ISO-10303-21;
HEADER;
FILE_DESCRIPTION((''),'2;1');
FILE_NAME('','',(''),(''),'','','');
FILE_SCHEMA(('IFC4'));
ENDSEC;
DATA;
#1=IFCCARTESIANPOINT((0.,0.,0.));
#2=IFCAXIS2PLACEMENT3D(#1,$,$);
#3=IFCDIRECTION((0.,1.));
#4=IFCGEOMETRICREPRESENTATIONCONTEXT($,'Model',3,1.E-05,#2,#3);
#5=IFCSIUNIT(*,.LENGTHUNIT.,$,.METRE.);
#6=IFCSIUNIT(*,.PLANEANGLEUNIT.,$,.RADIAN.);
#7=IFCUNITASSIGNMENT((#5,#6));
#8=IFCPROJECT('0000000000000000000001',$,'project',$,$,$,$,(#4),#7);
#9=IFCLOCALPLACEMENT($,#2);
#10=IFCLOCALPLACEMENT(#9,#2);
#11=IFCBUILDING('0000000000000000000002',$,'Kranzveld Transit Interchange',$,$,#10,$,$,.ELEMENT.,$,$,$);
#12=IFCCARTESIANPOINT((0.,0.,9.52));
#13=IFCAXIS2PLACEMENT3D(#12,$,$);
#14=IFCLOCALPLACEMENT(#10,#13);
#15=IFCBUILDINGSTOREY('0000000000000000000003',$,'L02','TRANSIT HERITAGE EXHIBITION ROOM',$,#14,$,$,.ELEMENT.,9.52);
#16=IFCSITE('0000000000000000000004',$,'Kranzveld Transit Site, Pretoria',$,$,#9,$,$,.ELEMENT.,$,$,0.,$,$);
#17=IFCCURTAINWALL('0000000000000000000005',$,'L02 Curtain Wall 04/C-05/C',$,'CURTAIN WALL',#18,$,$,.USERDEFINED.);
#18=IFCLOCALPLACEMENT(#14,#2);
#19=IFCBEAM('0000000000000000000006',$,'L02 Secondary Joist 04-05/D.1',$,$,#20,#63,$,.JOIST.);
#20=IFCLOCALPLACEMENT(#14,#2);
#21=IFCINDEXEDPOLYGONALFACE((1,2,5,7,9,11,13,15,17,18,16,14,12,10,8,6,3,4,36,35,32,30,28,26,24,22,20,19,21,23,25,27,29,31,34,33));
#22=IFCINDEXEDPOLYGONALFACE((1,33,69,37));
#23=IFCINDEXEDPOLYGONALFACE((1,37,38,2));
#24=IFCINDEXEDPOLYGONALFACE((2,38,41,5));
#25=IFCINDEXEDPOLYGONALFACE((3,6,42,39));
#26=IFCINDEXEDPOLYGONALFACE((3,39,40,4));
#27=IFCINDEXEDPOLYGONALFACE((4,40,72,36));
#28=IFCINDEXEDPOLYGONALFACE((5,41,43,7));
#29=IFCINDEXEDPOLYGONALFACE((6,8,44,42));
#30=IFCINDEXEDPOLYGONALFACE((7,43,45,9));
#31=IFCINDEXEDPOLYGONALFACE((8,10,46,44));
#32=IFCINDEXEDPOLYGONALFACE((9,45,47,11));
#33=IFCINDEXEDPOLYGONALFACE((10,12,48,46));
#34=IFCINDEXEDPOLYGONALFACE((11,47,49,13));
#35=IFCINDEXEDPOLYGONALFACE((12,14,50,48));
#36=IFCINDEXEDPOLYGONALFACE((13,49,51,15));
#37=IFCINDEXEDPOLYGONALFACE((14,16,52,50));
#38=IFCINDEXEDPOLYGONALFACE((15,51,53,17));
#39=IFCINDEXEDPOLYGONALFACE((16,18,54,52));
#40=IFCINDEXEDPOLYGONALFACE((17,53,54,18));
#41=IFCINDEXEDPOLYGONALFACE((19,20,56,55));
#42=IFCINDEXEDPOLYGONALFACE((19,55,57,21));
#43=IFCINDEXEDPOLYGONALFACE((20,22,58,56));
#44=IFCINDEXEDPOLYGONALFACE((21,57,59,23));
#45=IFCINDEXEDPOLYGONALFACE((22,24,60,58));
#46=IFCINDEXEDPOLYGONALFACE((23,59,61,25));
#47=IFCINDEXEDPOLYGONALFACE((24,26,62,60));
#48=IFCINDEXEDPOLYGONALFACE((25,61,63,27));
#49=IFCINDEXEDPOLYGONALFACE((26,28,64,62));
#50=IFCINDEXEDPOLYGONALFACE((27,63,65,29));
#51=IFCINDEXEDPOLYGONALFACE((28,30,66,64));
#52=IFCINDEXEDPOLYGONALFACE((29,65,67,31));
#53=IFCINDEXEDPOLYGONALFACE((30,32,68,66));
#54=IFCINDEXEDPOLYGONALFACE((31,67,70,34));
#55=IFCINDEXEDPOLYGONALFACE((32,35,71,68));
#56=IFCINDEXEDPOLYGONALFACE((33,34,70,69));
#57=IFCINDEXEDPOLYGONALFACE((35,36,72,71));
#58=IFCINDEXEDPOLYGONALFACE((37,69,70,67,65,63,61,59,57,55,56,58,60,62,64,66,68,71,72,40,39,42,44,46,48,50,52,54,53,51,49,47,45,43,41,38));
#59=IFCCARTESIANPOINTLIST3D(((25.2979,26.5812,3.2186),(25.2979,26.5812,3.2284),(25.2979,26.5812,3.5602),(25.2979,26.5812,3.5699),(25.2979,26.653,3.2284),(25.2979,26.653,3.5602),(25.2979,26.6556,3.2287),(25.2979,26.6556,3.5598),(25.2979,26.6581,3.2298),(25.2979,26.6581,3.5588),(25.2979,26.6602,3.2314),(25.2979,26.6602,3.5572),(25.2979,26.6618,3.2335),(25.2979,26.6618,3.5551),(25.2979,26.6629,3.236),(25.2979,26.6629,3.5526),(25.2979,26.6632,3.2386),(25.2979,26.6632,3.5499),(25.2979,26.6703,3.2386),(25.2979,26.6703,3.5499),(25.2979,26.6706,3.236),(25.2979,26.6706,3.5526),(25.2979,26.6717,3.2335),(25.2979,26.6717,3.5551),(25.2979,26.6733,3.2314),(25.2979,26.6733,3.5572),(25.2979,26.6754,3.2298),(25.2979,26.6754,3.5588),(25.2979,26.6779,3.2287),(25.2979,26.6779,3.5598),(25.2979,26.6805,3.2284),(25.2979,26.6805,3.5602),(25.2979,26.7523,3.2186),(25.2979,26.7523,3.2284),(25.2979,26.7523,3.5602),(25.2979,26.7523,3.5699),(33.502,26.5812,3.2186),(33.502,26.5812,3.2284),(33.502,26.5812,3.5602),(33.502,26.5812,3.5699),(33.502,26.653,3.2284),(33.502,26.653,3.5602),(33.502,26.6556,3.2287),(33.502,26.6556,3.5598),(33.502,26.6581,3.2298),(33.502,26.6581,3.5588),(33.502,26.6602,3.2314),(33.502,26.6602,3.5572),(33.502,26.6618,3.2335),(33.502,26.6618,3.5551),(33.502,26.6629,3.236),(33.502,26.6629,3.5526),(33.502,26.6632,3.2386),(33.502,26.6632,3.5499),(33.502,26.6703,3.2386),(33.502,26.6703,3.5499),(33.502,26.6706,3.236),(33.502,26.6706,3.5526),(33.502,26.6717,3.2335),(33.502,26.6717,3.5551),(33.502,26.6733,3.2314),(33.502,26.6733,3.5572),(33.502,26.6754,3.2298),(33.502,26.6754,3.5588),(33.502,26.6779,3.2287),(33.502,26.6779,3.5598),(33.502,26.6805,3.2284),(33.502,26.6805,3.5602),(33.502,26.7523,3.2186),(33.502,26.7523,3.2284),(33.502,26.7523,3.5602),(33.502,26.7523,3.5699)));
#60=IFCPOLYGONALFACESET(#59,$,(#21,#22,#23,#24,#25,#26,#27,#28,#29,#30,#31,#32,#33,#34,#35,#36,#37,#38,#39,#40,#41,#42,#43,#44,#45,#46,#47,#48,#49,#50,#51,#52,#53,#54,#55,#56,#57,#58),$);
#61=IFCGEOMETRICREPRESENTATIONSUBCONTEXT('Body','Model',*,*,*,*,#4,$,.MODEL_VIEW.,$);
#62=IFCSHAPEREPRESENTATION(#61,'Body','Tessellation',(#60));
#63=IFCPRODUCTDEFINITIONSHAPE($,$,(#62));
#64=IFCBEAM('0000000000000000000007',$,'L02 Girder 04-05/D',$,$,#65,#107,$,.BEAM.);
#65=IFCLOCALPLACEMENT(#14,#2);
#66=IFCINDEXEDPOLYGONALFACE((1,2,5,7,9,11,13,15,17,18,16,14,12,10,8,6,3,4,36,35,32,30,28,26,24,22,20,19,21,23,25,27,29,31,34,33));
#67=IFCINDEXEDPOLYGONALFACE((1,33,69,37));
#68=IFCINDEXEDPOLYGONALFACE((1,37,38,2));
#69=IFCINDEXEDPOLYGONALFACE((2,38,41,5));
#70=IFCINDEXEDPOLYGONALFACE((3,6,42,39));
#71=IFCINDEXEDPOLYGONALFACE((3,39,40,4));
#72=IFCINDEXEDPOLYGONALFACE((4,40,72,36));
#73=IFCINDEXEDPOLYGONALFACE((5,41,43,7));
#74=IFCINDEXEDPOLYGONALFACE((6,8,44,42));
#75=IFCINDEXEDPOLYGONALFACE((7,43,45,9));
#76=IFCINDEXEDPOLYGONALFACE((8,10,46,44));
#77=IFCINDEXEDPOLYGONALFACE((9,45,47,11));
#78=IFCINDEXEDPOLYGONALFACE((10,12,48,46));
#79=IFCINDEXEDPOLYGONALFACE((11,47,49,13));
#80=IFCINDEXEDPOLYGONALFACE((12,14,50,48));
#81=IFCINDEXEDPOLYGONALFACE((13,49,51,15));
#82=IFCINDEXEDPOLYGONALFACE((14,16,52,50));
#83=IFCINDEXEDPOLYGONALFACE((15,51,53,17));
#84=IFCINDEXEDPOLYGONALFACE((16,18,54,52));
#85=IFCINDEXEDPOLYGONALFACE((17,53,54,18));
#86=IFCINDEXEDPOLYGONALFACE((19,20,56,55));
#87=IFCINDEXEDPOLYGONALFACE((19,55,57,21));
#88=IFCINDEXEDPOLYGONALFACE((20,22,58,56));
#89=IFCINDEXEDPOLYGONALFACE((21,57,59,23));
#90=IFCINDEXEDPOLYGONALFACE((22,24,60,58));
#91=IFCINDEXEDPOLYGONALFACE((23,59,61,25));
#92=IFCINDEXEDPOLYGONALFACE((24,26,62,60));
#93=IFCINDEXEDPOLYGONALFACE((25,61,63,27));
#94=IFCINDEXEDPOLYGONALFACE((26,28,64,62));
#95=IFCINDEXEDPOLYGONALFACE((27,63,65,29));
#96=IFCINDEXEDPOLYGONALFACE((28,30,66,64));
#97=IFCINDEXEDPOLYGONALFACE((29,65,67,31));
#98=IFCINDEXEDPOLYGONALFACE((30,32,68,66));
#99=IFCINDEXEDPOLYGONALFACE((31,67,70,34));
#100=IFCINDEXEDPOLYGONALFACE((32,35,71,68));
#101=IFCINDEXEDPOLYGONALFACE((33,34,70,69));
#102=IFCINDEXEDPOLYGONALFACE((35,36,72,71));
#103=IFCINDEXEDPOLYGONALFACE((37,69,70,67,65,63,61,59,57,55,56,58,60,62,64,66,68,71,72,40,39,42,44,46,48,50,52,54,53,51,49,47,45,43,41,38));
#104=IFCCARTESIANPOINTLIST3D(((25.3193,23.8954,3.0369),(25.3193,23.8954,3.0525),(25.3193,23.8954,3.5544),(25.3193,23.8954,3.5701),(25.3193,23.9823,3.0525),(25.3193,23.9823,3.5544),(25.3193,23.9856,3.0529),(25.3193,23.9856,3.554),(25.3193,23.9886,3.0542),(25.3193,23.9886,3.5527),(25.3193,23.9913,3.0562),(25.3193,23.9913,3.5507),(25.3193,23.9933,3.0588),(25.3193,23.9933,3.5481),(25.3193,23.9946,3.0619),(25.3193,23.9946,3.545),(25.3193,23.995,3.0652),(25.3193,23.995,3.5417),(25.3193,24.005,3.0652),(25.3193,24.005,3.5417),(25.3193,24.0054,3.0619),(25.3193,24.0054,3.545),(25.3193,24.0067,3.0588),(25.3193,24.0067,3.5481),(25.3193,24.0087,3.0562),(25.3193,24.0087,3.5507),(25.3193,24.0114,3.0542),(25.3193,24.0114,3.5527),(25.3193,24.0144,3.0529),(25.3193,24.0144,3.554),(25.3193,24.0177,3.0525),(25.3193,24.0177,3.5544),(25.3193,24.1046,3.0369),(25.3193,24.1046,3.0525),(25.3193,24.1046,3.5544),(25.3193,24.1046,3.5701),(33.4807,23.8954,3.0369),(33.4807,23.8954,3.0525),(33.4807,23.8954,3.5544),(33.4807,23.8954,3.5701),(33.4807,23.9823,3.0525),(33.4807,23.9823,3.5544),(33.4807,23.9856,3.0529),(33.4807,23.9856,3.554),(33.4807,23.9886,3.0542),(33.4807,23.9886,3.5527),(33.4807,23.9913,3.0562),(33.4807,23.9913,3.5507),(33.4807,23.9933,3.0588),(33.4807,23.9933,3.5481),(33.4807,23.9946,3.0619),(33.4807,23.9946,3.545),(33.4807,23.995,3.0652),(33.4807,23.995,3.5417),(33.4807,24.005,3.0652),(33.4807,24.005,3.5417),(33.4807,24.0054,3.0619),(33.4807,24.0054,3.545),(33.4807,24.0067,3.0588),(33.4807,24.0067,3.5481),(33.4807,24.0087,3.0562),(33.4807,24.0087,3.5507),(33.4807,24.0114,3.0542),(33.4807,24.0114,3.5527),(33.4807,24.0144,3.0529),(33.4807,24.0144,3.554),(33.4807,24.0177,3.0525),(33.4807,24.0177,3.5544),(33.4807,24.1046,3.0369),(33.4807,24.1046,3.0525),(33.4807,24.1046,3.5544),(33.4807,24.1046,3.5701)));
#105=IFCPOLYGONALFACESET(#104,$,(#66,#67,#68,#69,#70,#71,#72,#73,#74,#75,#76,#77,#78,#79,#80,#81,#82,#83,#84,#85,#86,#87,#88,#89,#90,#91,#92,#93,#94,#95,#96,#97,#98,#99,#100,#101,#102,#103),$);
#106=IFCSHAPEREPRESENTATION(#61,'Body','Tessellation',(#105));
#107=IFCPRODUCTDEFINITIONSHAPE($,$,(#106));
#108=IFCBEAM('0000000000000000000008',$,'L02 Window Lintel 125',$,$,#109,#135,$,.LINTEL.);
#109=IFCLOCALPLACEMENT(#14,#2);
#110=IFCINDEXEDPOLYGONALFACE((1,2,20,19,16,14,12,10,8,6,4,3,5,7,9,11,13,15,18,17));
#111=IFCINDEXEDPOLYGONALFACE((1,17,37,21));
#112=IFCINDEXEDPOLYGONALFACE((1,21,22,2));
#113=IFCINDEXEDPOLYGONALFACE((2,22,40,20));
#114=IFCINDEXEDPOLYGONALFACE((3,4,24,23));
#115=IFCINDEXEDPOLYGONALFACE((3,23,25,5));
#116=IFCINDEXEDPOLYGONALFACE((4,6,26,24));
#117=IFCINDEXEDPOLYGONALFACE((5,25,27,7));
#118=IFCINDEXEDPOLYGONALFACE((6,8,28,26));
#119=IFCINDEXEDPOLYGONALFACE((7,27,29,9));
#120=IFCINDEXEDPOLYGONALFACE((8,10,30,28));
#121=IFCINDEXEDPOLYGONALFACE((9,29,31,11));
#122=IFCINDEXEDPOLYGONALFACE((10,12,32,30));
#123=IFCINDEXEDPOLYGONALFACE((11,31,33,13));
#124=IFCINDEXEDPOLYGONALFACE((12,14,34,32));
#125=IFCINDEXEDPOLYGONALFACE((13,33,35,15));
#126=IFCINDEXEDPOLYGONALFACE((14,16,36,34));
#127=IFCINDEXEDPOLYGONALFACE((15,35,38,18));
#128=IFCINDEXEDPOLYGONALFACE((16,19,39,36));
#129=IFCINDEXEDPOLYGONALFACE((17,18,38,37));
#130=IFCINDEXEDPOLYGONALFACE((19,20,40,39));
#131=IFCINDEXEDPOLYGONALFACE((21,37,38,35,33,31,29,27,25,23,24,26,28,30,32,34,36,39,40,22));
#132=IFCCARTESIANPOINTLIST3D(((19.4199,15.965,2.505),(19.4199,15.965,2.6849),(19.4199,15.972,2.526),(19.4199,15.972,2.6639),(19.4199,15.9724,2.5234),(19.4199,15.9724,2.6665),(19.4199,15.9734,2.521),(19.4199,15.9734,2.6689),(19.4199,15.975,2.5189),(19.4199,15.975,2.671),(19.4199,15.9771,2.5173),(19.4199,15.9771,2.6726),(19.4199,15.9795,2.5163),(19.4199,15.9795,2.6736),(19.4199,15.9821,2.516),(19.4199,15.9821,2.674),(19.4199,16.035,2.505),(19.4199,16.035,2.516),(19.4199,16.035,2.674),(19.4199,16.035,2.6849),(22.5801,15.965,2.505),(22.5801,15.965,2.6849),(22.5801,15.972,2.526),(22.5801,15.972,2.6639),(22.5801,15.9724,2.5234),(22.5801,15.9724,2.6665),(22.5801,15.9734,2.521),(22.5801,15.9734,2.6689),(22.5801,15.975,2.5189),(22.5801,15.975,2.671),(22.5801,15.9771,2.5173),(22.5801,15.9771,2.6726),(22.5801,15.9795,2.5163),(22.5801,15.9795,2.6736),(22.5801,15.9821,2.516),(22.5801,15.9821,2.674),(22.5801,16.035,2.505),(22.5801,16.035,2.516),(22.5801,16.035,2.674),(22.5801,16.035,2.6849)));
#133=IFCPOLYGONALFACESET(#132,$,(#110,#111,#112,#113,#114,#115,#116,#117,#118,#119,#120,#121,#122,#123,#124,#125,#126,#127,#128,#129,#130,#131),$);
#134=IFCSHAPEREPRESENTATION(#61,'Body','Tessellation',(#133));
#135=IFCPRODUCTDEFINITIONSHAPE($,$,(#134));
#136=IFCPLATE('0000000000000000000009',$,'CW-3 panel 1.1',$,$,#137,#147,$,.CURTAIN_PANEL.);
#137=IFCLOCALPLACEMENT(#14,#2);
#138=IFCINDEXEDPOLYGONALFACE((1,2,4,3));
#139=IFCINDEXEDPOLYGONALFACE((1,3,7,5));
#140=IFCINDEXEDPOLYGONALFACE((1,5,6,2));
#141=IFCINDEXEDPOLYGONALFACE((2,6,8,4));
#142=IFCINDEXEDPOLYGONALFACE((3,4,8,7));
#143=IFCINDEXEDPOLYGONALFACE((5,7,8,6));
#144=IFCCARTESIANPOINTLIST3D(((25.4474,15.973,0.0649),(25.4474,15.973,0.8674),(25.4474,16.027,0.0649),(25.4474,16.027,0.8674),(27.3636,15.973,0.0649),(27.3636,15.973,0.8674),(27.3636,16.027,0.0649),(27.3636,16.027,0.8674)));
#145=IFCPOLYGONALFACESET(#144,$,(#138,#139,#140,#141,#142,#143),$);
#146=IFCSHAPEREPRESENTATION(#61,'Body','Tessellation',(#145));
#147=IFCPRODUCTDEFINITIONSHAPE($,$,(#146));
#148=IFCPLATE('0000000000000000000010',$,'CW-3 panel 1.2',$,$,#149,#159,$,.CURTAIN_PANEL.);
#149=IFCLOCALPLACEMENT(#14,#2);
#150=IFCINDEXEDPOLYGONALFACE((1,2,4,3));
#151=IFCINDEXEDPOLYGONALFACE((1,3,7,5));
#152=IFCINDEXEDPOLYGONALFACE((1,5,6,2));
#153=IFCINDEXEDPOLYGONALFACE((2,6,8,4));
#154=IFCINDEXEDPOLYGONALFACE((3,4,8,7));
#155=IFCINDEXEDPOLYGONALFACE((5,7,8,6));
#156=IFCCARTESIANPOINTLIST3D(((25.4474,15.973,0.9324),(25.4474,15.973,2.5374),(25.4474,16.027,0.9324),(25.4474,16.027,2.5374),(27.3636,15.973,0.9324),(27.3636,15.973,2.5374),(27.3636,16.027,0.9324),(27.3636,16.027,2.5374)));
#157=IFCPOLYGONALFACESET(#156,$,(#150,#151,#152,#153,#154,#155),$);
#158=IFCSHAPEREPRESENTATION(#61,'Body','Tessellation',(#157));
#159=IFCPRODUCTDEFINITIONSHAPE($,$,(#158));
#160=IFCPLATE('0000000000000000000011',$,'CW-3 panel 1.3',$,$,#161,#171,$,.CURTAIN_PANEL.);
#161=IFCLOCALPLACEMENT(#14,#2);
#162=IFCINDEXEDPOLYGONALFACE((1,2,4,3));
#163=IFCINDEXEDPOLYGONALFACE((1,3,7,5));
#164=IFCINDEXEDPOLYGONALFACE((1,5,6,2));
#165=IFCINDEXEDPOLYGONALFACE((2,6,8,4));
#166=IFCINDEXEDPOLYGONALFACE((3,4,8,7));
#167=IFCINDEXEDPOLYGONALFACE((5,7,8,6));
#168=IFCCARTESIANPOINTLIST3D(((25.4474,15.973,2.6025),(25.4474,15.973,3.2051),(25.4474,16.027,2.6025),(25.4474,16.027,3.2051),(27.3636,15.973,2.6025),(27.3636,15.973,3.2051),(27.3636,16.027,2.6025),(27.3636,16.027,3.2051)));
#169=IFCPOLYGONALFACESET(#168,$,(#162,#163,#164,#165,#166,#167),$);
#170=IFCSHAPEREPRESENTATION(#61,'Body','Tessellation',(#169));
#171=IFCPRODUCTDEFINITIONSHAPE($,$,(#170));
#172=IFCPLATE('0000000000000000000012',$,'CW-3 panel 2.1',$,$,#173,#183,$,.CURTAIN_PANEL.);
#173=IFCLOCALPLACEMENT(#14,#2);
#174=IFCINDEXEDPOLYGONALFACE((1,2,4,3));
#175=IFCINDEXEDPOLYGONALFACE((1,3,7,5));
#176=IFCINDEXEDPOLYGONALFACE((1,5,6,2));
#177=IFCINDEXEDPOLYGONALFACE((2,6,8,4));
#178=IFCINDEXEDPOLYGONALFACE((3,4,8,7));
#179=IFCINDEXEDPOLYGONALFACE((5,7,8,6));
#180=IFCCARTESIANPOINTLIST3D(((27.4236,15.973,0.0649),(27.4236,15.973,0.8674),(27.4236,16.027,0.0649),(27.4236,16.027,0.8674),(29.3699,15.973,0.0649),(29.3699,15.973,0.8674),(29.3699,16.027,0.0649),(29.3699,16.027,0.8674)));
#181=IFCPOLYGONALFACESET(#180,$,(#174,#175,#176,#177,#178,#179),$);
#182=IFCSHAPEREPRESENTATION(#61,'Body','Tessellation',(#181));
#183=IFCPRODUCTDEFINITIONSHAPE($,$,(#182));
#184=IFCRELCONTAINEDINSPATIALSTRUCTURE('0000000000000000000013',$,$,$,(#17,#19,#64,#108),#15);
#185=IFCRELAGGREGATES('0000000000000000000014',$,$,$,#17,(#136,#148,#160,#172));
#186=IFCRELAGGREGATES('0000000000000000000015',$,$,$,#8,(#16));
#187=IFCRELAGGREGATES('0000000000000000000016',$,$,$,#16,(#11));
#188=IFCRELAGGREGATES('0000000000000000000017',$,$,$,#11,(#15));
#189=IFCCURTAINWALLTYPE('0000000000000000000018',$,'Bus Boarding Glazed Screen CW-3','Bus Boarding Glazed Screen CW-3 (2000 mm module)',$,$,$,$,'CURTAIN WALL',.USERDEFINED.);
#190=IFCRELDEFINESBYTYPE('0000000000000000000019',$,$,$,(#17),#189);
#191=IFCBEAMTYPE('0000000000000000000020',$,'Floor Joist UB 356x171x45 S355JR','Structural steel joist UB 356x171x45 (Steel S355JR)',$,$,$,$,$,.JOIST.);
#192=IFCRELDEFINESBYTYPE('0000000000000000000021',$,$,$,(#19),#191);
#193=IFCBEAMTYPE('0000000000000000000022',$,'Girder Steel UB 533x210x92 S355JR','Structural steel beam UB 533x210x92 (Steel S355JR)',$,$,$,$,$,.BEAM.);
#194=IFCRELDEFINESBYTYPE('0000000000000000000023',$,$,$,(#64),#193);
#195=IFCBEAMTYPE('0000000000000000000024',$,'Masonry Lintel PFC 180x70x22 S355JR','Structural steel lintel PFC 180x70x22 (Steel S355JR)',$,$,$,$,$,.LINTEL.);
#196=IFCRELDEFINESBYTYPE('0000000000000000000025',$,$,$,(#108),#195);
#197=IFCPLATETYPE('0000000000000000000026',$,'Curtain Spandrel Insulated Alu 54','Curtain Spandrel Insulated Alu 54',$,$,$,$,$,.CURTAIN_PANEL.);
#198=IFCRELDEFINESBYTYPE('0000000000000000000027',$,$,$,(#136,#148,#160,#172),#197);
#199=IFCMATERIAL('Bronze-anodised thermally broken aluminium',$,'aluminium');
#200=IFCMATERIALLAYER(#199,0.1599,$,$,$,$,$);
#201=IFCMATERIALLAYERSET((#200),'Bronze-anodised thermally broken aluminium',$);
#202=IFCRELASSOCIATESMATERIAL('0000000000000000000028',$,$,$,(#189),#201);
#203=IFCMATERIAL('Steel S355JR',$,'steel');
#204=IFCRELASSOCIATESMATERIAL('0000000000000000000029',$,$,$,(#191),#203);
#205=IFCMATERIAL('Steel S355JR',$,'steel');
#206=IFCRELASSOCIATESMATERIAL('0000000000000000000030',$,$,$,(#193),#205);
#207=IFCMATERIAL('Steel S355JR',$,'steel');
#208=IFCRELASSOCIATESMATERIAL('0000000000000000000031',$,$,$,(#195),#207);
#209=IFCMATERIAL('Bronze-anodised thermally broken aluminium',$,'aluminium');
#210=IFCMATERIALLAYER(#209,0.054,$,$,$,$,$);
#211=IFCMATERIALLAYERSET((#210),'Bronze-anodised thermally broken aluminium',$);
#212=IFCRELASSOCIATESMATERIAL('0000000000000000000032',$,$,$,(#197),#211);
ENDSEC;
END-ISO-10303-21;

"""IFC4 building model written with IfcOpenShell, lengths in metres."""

from ifc_helpers import new_model, si_unit, direction, frame, origin, origin_2d, place, context, subcontext, project, spatial, rectangle, i_section, u_section, extrude, material, layer, layer_set, material_profile, profile_set, type_object, element, aggregate, save


model = new_model("IFC4")

# Units and contexts
model_context = context("Model", 3, precision=1e-05, world=origin(), true_north=direction((0.0, 1.0)))
body_context = subcontext(model_context, "Body", "Model", "MODEL_VIEW")
ifc_project = project(units=[si_unit("LENGTHUNIT", "METRE"), si_unit("PLANEANGLEUNIT", "RADIAN")], contexts=[model_context])

# Site, building, storey
site_placement = place(None, origin())
site = spatial("IfcSite", under=ifc_project, at=site_placement, Name="Kranzveld Transit Site, Pretoria", CompositionType="ELEMENT", RefElevation=0.0)
building_placement = place(site_placement, origin())
building = spatial("IfcBuilding", under=site, at=building_placement, Name="Kranzveld Transit Interchange", CompositionType="ELEMENT")
storey_placement = place(building_placement, frame((0.0, 0.0, 9.52)))
storey = spatial("IfcBuildingStorey", under=building, at=storey_placement, Name="L02", Description="TRANSIT HERITAGE EXHIBITION ROOM", CompositionType="ELEMENT", Elevation=9.52)

# Curtain wall
ifc_material_1 = material(Name="Bronze-anodised thermally broken aluminium", Category="aluminium")
ifc_layer_1 = layer(ifc_material_1, 0.1599)
ifc_layer_set_1 = layer_set([ifc_layer_1], Name="Bronze-anodised thermally broken aluminium")
curtain_wall_type = type_object("IfcCurtainWallType", Name="Bus Boarding Glazed Screen CW-3", Description="Bus Boarding Glazed Screen CW-3 (2000 mm module)", ElementType="CURTAIN WALL", PredefinedType="USERDEFINED", material=ifc_layer_set_1)
curtain_wall_placement = place(storey_placement, origin())
curtain_wall = element("IfcCurtainWall", 1, at=curtain_wall_placement, inside=storey, type_object=curtain_wall_type, Name="L02 Curtain Wall 04/C-05/C", ObjectType="CURTAIN WALL", PredefinedType="USERDEFINED")

# Beams
ifc_material_2 = material(Name="Steel S355JR", Category="steel")
ifc_material_profile_1 = material_profile(ifc_material_2, i_section(OverallWidth=0.1711, OverallDepth=0.3513, WebThickness=0.0071, FlangeThickness=0.0098, FilletRadius=0.0103, at=origin_2d()), Name="UB 356x171x45")
ifc_profile_set_1 = profile_set([ifc_material_profile_1], Name="Steel S355JR")
beam_type_1 = type_object("IfcBeamType", Name="Floor Joist UB 356x171x45 S355JR", Description="Structural steel joist UB 356x171x45 (Steel S355JR)", PredefinedType="JOIST", material=ifc_profile_set_1)
for number, where, z_axis, x_axis, name in (
    (2, (25.2979, 26.6667, 3.3943), (1.0, 0.0, 0.0), (0.0, 1.0, 0.0), "L02 Secondary Joist 04-05/D.1"),
):
    element("IfcBeam", number, at=place(storey_placement, frame(where, z_axis=z_axis, x_axis=x_axis)), inside=storey, type_object=beam_type_1, Name=name, PredefinedType="JOIST", context=body_context, shape_type="SweptSolid", body=[
        extrude(i_section(OverallWidth=0.1711, OverallDepth=0.3513, WebThickness=0.0071, FlangeThickness=0.0098, FilletRadius=0.0103, at=origin_2d()), origin(), (0.0, 0.0, 1.0), 8.2041),
    ])
ifc_material_3 = material(Name="Steel S355JR", Category="steel")
ifc_material_profile_2 = material_profile(ifc_material_3, i_section(OverallWidth=0.2092, OverallDepth=0.5332, WebThickness=0.01, FlangeThickness=0.0156, FilletRadius=0.0127, at=origin_2d()), Name="UB 533x210x92")
ifc_profile_set_2 = profile_set([ifc_material_profile_2], Name="Steel S355JR")
beam_type_2 = type_object("IfcBeamType", Name="Girder Steel UB 533x210x92 S355JR", Description="Structural steel beam UB 533x210x92 (Steel S355JR)", PredefinedType="BEAM", material=ifc_profile_set_2)
beam_1_placement = place(storey_placement, frame((25.3193, 24.0, 3.3035), z_axis=(1.0, 0.0, 0.0), x_axis=(0.0, 1.0, 0.0)))
element("IfcBeam", 3, at=beam_1_placement, inside=storey, type_object=beam_type_2, Name="L02 Girder 04-05/D", PredefinedType="BEAM", context=body_context, shape_type="SweptSolid", body=[
    extrude(i_section(OverallWidth=0.2092, OverallDepth=0.5332, WebThickness=0.01, FlangeThickness=0.0156, FilletRadius=0.0127, at=origin_2d()), origin(), (0.0, 0.0, 1.0), 8.1614),
])
ifc_material_4 = material(Name="Steel S355JR", Category="steel")
ifc_material_profile_3 = material_profile(ifc_material_4, u_section(Depth=0.1799, FlangeWidth=0.0701, WebThickness=0.0071, FlangeThickness=0.011, FilletRadius=0.01, at=origin_2d()), Name="PFC 180x70x22")
ifc_profile_set_3 = profile_set([ifc_material_profile_3], Name="Steel S355JR")
beam_type_3 = type_object("IfcBeamType", Name="Masonry Lintel PFC 180x70x22 S355JR", Description="Structural steel lintel PFC 180x70x22 (Steel S355JR)", PredefinedType="LINTEL", material=ifc_profile_set_3)
beam_2_placement = place(storey_placement, frame((19.4199, 16.0, 2.595), z_axis=(1.0, 0.0, 0.0), x_axis=(0.0, 1.0, 0.0)))
element("IfcBeam", 4, at=beam_2_placement, inside=storey, type_object=beam_type_3, Name="L02 Window Lintel 125", PredefinedType="LINTEL", context=body_context, shape_type="SweptSolid", body=[
    extrude(u_section(Depth=0.1799, FlangeWidth=0.0701, WebThickness=0.0071, FlangeThickness=0.011, FilletRadius=0.01, at=origin_2d()), origin(), (0.0, 0.0, 1.0), 3.1602),
])

# Plates
ifc_material_5 = material(Name="Bronze-anodised thermally broken aluminium", Category="aluminium")
ifc_layer_2 = layer(ifc_material_5, 0.054)
ifc_layer_set_2 = layer_set([ifc_layer_2], Name="Bronze-anodised thermally broken aluminium")
plate_type = type_object("IfcPlateType", Name="Curtain Spandrel Insulated Alu 54", Description="Curtain Spandrel Insulated Alu 54", PredefinedType="CURTAIN_PANEL", material=ifc_layer_set_2)
plate_1_placement = place(storey_placement, frame((26.4055, 16.0, 0.0649), z_axis=(0.0, 0.0, 1.0), x_axis=(1.0, 0.0, 0.0)))
plate_1 = element("IfcPlate", 5, at=plate_1_placement, type_object=plate_type, Name="CW-3 panel 1.1", PredefinedType="CURTAIN_PANEL", context=body_context, shape_type="SweptSolid", body=[
    extrude(rectangle(XDim=1.9163, YDim=0.054, at=origin_2d()), origin(), (0.0, 0.0, 1.0), 0.8025),
])
plate_2_placement = place(storey_placement, frame((26.4055, 16.0, 0.9324), z_axis=(0.0, 0.0, 1.0), x_axis=(1.0, 0.0, 0.0)))
plate_2 = element("IfcPlate", 6, at=plate_2_placement, type_object=plate_type, Name="CW-3 panel 1.2", PredefinedType="CURTAIN_PANEL", context=body_context, shape_type="SweptSolid", body=[
    extrude(rectangle(XDim=1.9163, YDim=0.054, at=origin_2d()), origin(), (0.0, 0.0, 1.0), 1.605),
])
plate_3_placement = place(storey_placement, frame((26.4055, 16.0, 2.6025), z_axis=(0.0, 0.0, 1.0), x_axis=(1.0, 0.0, 0.0)))
plate_3 = element("IfcPlate", 7, at=plate_3_placement, type_object=plate_type, Name="CW-3 panel 1.3", PredefinedType="CURTAIN_PANEL", context=body_context, shape_type="SweptSolid", body=[
    extrude(rectangle(XDim=1.9163, YDim=0.054, at=origin_2d()), origin(), (0.0, 0.0, 1.0), 0.6025),
])
plate_4_placement = place(storey_placement, frame((28.3967, 16.0, 0.0649), z_axis=(0.0, 0.0, 1.0), x_axis=(1.0, 0.0, 0.0)))
plate_4 = element("IfcPlate", 8, at=plate_4_placement, type_object=plate_type, Name="CW-3 panel 2.1", PredefinedType="CURTAIN_PANEL", context=body_context, shape_type="SweptSolid", body=[
    extrude(rectangle(XDim=1.9463, YDim=0.054, at=origin_2d()), origin(), (0.0, 0.0, 1.0), 0.8025),
])
aggregate(curtain_wall, [plate_1, plate_2, plate_3, plate_4])

save(model, "model.ifc")
